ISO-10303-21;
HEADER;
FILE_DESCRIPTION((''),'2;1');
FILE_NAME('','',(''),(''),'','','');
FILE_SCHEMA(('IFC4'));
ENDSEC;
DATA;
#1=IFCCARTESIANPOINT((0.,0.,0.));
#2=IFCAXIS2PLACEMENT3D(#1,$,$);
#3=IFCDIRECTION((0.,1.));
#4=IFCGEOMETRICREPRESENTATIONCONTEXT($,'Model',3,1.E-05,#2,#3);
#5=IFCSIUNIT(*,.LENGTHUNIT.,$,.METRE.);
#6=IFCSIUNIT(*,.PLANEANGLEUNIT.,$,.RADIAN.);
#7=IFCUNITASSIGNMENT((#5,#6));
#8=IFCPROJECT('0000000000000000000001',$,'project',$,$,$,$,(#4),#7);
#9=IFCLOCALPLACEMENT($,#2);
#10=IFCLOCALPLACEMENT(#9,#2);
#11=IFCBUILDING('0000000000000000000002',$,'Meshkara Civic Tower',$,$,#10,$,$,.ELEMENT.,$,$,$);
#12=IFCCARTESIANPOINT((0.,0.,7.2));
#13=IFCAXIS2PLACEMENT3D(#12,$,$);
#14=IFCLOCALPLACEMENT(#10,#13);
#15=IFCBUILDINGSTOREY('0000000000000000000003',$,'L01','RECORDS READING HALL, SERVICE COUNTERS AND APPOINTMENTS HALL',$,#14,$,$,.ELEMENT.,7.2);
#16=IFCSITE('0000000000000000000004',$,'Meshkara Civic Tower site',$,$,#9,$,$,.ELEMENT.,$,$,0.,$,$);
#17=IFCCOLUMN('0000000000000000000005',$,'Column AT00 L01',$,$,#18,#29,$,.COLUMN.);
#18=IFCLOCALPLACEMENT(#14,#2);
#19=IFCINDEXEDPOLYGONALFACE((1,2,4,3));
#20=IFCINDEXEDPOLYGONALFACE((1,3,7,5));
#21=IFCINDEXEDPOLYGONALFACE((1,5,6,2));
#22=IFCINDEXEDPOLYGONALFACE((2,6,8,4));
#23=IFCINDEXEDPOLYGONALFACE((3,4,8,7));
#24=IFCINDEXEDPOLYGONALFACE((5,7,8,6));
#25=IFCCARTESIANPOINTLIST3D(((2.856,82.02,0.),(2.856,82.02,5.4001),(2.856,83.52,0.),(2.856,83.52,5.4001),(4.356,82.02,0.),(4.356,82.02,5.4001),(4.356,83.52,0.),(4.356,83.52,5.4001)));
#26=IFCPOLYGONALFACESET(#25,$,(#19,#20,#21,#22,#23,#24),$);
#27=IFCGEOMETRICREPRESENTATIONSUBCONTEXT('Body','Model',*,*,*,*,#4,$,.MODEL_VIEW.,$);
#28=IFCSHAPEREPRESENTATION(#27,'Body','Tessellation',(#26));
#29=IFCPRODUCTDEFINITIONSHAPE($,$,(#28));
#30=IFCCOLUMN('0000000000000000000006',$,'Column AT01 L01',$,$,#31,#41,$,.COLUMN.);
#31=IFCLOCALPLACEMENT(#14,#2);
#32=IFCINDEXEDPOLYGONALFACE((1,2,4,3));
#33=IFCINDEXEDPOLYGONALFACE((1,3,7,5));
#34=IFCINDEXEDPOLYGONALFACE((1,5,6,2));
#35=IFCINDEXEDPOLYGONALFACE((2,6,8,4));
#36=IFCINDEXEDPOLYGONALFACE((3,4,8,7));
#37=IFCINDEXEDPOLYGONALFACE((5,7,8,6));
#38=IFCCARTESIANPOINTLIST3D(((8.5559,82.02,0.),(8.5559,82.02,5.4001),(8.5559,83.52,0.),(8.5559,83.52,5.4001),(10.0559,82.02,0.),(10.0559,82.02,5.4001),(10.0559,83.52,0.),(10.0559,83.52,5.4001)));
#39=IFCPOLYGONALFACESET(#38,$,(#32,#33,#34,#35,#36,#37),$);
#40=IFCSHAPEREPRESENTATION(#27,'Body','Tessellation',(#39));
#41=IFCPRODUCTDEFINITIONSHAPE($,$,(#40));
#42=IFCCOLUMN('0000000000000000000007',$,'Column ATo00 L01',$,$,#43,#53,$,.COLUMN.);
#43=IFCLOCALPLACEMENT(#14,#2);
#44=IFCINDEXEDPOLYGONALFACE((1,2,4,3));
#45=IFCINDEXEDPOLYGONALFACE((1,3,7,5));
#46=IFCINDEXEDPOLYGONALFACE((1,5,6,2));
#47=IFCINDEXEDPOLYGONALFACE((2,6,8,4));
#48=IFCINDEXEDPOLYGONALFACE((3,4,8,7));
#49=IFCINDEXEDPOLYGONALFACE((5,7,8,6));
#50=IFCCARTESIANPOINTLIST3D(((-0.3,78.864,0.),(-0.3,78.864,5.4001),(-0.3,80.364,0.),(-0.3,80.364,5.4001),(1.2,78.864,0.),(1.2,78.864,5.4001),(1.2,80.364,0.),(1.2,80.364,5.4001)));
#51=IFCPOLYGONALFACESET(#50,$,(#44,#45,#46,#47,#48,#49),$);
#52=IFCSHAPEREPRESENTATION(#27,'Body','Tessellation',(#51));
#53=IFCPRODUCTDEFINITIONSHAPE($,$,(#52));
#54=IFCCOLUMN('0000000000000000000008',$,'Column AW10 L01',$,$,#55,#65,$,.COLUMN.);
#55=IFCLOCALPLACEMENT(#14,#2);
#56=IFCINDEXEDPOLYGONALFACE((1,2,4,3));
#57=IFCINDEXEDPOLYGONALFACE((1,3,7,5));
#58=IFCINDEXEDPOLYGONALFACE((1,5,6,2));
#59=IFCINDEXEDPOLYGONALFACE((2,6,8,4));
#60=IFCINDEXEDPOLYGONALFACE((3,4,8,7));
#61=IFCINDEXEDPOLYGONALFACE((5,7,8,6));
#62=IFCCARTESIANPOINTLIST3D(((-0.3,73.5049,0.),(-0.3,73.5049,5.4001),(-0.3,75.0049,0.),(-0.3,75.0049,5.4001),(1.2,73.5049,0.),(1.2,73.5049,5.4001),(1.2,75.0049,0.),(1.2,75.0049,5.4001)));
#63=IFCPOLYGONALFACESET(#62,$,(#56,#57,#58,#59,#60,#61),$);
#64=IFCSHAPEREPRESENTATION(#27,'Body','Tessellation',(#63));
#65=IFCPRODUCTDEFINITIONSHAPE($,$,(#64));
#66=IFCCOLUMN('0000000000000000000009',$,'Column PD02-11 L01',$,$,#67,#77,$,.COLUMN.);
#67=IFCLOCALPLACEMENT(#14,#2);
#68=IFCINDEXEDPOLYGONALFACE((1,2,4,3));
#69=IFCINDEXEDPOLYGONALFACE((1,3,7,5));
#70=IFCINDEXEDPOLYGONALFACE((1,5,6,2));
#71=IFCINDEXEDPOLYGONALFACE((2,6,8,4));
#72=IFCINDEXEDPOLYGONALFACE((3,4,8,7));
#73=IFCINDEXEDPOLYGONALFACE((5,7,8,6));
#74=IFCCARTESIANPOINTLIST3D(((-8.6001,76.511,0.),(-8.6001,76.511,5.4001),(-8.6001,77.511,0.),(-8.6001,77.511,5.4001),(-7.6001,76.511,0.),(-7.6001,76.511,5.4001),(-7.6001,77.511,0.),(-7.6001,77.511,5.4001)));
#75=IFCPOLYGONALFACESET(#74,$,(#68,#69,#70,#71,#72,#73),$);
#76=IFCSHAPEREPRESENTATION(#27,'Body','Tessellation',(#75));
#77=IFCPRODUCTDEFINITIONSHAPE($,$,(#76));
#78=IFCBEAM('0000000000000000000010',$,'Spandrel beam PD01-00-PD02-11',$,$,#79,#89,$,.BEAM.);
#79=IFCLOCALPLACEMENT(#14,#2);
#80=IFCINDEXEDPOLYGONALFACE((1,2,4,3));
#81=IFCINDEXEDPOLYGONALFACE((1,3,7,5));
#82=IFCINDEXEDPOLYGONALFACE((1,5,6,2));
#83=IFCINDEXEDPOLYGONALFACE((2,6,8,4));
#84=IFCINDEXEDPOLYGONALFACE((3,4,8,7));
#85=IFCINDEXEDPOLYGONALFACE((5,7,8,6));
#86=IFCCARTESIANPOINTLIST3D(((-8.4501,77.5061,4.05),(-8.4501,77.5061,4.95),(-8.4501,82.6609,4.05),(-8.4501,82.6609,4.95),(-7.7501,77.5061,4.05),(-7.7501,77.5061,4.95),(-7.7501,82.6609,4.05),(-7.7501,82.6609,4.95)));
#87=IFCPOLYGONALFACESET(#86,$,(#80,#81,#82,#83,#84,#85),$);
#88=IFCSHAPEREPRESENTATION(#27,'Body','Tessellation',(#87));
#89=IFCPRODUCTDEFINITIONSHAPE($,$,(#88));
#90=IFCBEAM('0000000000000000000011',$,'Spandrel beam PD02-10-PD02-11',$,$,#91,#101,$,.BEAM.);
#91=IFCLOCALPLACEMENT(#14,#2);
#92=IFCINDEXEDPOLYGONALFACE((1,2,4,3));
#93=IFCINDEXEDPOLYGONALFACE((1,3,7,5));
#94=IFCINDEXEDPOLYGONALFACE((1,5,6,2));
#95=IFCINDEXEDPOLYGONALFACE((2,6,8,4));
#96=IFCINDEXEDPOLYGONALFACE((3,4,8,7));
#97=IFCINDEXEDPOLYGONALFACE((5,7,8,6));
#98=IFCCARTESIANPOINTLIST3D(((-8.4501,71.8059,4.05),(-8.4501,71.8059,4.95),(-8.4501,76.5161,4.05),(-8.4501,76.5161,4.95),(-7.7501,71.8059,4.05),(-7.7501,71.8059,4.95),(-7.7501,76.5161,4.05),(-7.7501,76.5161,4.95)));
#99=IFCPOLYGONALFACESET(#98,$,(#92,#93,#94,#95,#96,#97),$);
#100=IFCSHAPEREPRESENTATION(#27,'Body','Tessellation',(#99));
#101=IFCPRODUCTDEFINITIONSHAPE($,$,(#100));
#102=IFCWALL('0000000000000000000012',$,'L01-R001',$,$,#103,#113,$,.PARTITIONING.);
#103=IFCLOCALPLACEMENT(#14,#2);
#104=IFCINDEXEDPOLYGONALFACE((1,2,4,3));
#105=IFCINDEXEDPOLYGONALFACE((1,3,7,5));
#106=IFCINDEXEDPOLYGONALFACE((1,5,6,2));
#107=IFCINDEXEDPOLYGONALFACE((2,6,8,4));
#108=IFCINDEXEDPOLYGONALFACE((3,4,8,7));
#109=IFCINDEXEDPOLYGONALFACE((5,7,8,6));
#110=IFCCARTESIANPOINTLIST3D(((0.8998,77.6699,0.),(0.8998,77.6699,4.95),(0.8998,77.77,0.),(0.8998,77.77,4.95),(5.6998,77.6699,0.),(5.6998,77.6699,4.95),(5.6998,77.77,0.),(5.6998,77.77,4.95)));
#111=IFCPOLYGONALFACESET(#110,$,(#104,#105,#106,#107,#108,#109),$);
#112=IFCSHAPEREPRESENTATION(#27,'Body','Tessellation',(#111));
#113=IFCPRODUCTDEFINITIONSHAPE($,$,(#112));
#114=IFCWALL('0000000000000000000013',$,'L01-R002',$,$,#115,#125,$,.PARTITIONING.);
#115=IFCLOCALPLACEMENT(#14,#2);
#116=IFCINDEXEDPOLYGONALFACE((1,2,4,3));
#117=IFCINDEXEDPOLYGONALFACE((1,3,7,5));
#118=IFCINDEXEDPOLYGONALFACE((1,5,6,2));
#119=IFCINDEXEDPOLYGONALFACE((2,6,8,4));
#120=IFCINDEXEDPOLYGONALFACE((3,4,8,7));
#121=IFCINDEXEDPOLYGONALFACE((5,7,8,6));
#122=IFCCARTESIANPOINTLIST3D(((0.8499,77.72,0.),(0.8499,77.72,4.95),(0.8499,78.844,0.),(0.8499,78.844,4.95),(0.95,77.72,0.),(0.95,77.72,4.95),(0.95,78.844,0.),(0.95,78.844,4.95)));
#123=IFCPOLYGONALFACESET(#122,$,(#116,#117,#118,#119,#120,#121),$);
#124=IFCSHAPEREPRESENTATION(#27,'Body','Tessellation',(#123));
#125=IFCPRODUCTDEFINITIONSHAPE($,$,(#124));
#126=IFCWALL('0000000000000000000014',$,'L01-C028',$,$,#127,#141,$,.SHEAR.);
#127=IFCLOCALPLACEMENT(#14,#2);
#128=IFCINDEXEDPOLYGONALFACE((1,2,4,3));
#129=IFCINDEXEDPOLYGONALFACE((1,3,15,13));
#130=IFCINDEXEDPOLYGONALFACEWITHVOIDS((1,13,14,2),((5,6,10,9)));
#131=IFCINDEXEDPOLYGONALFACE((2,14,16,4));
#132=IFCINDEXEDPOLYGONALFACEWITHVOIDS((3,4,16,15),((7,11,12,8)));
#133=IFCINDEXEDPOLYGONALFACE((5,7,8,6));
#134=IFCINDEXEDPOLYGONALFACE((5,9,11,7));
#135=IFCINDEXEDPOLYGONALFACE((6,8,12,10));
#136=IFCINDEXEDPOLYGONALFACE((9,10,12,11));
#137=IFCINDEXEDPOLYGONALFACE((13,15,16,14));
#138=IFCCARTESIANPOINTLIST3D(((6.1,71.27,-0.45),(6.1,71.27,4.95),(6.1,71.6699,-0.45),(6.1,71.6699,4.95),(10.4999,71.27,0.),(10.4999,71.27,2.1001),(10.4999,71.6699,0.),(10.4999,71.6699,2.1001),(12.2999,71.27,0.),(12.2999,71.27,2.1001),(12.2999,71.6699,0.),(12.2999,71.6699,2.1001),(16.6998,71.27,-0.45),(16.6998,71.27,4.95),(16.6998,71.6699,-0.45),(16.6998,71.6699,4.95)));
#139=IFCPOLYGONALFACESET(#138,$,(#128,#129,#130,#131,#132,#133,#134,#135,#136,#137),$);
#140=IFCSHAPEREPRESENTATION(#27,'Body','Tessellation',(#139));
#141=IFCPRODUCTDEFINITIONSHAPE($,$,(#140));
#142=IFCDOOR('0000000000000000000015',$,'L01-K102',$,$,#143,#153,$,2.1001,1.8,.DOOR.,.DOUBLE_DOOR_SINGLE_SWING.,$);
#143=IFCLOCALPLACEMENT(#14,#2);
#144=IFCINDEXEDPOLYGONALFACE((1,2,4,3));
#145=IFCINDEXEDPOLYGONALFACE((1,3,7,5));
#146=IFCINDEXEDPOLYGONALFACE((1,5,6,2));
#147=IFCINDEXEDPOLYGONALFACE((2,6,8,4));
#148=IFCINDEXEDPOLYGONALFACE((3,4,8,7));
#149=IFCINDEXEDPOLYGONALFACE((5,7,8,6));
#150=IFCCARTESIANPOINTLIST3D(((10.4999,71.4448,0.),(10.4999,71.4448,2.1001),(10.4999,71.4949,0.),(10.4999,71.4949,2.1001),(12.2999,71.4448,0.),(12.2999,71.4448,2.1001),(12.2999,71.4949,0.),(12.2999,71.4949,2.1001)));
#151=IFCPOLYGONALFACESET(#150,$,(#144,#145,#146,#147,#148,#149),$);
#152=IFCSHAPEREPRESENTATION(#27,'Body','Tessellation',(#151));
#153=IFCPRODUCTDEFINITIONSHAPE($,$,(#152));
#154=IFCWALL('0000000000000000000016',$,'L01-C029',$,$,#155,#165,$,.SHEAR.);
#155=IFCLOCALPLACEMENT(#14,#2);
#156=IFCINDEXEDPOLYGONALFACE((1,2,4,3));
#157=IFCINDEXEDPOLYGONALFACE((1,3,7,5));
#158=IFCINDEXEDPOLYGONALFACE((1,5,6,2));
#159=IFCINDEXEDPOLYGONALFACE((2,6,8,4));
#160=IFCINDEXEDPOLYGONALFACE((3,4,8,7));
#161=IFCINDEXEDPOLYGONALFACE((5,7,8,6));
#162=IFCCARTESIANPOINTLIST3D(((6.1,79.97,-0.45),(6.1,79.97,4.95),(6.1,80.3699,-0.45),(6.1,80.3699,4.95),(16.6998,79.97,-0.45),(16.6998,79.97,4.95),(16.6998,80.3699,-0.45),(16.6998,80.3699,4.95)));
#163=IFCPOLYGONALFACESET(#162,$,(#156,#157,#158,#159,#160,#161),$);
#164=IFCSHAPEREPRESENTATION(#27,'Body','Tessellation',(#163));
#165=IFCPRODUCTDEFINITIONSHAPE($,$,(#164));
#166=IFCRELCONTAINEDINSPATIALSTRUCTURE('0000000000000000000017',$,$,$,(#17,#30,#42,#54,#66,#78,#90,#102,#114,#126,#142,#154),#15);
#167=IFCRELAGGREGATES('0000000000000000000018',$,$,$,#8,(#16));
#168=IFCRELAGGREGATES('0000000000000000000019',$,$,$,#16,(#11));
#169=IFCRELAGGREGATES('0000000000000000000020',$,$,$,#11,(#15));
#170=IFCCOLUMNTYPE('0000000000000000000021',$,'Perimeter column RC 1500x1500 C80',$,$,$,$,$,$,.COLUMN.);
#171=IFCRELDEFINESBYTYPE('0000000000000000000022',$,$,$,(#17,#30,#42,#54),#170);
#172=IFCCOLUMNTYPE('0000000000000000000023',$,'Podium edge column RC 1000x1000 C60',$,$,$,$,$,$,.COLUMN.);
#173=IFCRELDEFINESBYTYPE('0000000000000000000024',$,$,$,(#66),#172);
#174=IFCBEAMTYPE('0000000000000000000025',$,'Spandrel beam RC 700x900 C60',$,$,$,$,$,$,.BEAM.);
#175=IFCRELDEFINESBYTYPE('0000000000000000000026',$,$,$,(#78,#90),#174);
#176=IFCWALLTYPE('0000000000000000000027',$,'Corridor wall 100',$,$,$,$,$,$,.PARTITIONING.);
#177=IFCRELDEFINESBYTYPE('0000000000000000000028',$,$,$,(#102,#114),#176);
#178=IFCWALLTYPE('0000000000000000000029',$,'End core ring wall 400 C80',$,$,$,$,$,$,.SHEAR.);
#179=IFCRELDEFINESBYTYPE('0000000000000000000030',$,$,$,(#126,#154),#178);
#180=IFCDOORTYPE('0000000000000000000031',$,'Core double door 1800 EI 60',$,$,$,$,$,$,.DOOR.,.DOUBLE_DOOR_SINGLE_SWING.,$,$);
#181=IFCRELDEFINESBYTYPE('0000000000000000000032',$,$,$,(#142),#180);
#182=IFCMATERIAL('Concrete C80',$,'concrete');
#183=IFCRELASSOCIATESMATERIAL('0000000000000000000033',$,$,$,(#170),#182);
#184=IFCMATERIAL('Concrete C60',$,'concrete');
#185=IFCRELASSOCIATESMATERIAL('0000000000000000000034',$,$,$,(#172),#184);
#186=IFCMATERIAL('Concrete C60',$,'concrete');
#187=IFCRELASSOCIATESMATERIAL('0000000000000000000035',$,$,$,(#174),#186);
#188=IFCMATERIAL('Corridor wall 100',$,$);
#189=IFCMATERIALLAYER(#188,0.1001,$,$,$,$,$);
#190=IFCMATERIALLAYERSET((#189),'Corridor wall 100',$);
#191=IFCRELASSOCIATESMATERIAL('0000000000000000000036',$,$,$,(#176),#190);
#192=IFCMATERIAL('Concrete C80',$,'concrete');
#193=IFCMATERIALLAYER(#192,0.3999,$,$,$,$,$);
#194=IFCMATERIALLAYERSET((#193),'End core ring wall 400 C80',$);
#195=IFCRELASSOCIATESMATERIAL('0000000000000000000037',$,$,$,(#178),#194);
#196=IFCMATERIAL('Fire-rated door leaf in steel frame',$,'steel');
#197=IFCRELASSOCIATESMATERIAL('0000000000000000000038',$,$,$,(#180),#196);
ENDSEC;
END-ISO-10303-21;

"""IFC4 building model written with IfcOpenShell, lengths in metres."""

from ifc_helpers import new_model, si_unit, direction, frame, frame_2d, origin, origin_2d, place, context, subcontext, project, spatial, rectangle, extrude, material, layer, layer_set, material_profile, profile_set, type_object, element, fill, save


model = new_model("IFC4")

# Units and contexts
model_context = context("Model", 3, precision=1e-05, world=origin(), true_north=direction((0.0, 1.0)))
body_context = subcontext(model_context, "Body", "Model", "MODEL_VIEW")
ifc_project = project(units=[si_unit("LENGTHUNIT", "METRE"), si_unit("PLANEANGLEUNIT", "RADIAN")], contexts=[model_context])

# Site, building, storey
site_placement = place(None, origin())
site = spatial("IfcSite", under=ifc_project, at=site_placement, Name="Meshkara Civic Tower site", CompositionType="ELEMENT", RefElevation=0.0)
building_placement = place(site_placement, origin())
building = spatial("IfcBuilding", under=site, at=building_placement, Name="Meshkara Civic Tower", CompositionType="ELEMENT")
storey_placement = place(building_placement, frame((0.0, 0.0, 7.2)))
storey = spatial("IfcBuildingStorey", under=building, at=storey_placement, Name="L01", Description="RECORDS READING HALL, SERVICE COUNTERS AND APPOINTMENTS HALL", CompositionType="ELEMENT", Elevation=7.2)

# Columns
ifc_material_1 = material(Name="Concrete C80", Category="concrete")
ifc_material_profile_1 = material_profile(ifc_material_1, rectangle(XDim=1.5, YDim=1.5, at=origin_2d()))
ifc_profile_set_1 = profile_set([ifc_material_profile_1], Name="Concrete C80")
column_type_1 = type_object("IfcColumnType", Name="Perimeter column RC 1500x1500 C80", PredefinedType="COLUMN", material=ifc_profile_set_1)
for number, where, z_axis, x_axis, name in (
    (1, (3.606, 82.77, 0.0), (0.0, 0.0, 1.0), (1.0, 0.0, 0.0), "Column AT00 L01"),
    (2, (9.3059, 82.77, 0.0), (0.0, 0.0, 1.0), (1.0, 0.0, 0.0), "Column AT01 L01"),
    (3, (0.45, 79.614, 0.0), (0.0, 0.0, 1.0), (1.0, 0.0, 0.0), "Column ATo00 L01"),
    (4, (0.45, 74.2549, 0.0), (0.0, 0.0, 1.0), (1.0, 0.0, 0.0), "Column AW10 L01"),
):
    element("IfcColumn", number, at=place(storey_placement, frame(where, z_axis=z_axis, x_axis=x_axis)), inside=storey, type_object=column_type_1, Name=name, PredefinedType="COLUMN", context=body_context, shape_type="SweptSolid", body=[
        extrude(rectangle(XDim=1.5, YDim=1.5, at=origin_2d()), origin(), (0.0, 0.0, 1.0), 5.4001),
    ])
ifc_material_2 = material(Name="Concrete C60", Category="concrete")
ifc_material_profile_2 = material_profile(ifc_material_2, rectangle(XDim=1.0, YDim=1.0, at=origin_2d()))
ifc_profile_set_2 = profile_set([ifc_material_profile_2], Name="Concrete C60")
column_type_2 = type_object("IfcColumnType", Name="Podium edge column RC 1000x1000 C60", PredefinedType="COLUMN", material=ifc_profile_set_2)
column_placement = place(storey_placement, frame((-8.1001, 77.011, 0.0), z_axis=(0.0, 0.0, 1.0), x_axis=(1.0, 0.0, 0.0)))
element("IfcColumn", 5, at=column_placement, inside=storey, type_object=column_type_2, Name="Column PD02-11 L01", PredefinedType="COLUMN", context=body_context, shape_type="SweptSolid", body=[
    extrude(rectangle(XDim=1.0, YDim=1.0, at=origin_2d()), origin(), (0.0, 0.0, 1.0), 5.4001),
])

# Beams
ifc_material_3 = material(Name="Concrete C60", Category="concrete")
ifc_material_profile_3 = material_profile(ifc_material_3, rectangle(XDim=0.7, YDim=0.8999, at=origin_2d()))
ifc_profile_set_3 = profile_set([ifc_material_profile_3], Name="Concrete C60")
beam_type = type_object("IfcBeamType", Name="Spandrel beam RC 700x900 C60", PredefinedType="BEAM", material=ifc_profile_set_3)
beam_1_placement = place(storey_placement, frame((-8.1001, 82.6609, 4.5), z_axis=(0.0, -1.0, 0.0), x_axis=(1.0, 0.0, 0.0)))
element("IfcBeam", 6, at=beam_1_placement, inside=storey, type_object=beam_type, Name="Spandrel beam PD01-00-PD02-11", PredefinedType="BEAM", context=body_context, shape_type="SweptSolid", body=[
    extrude(rectangle(XDim=0.7, YDim=0.8999, at=origin_2d()), origin(), (0.0, 0.0, 1.0), 5.1548),
])
beam_2_placement = place(storey_placement, frame((-8.1001, 76.5161, 4.5), z_axis=(0.0, -1.0, 0.0), x_axis=(1.0, 0.0, 0.0)))
element("IfcBeam", 7, at=beam_2_placement, inside=storey, type_object=beam_type, Name="Spandrel beam PD02-10-PD02-11", PredefinedType="BEAM", context=body_context, shape_type="SweptSolid", body=[
    extrude(rectangle(XDim=0.7, YDim=0.8999, at=origin_2d()), origin(), (0.0, 0.0, 1.0), 4.7102),
])

# Walls
ifc_material_4 = material(Name="Corridor wall 100")
ifc_layer_1 = layer(ifc_material_4, 0.1001)
ifc_layer_set_1 = layer_set([ifc_layer_1], Name="Corridor wall 100")
wall_type_1 = type_object("IfcWallType", Name="Corridor wall 100", PredefinedType="PARTITIONING", material=ifc_layer_set_1)
wall_1_placement = place(storey_placement, frame((0.8999, 77.72, 0.0), z_axis=(0.0, 0.0, 1.0), x_axis=(1.0, 0.0, 0.0)))
element("IfcWall", 8, at=wall_1_placement, inside=storey, type_object=wall_type_1, Name="L01-R001", PredefinedType="PARTITIONING", context=body_context, shape_type="SweptSolid", body=[
    extrude(rectangle(XDim=4.8, YDim=0.1001, at=frame_2d((2.3999, 0.0))), origin(), (0.0, 0.0, 1.0), 4.95),
])
wall_2_placement = place(storey_placement, frame((0.8999, 78.844, 0.0), z_axis=(0.0, 0.0, 1.0), x_axis=(0.0, -1.0, 0.0)))
element("IfcWall", 9, at=wall_2_placement, inside=storey, type_object=wall_type_1, Name="L01-R002", PredefinedType="PARTITIONING", context=body_context, shape_type="SweptSolid", body=[
    extrude(rectangle(XDim=1.124, YDim=0.1001, at=frame_2d((0.562, 0.0))), origin(), (0.0, 0.0, 1.0), 4.95),
])

# Wall, opening, door
ifc_material_5 = material(Name="Concrete C80", Category="concrete")
ifc_layer_2 = layer(ifc_material_5, 0.3999)
ifc_layer_set_2 = layer_set([ifc_layer_2], Name="End core ring wall 400 C80")
wall_type_2 = type_object("IfcWallType", Name="End core ring wall 400 C80", PredefinedType="SHEAR", material=ifc_layer_set_2)
wall_3_placement = place(storey_placement, frame((6.1001, 71.47, -0.45), z_axis=(0.0, 0.0, 1.0), x_axis=(1.0, 0.0, 0.0)))
wall_3 = element("IfcWall", 10, at=wall_3_placement, inside=storey, type_object=wall_type_2, Name="L01-C028", PredefinedType="SHEAR", context=body_context, shape_type="SweptSolid", body=[
    extrude(rectangle(XDim=10.5999, YDim=0.3999, at=frame_2d((5.2998, 0.0))), origin(), (0.0, 0.0, 1.0), 5.3999),
])
opening_1_placement = place(wall_3_placement, frame((4.3999, 0.0, 0.45)))
opening_1 = element("IfcOpeningElement", 11, at=opening_1_placement, cuts=wall_3, PredefinedType="OPENING", context=body_context, shape_type="SweptSolid", body=[
    extrude(rectangle(XDim=1.8, YDim=2.1001, at=frame_2d((0.8999, 1.05))), frame((0.0, 0.21, 0.0), z_axis=(0.0, -1.0, 0.0), x_axis=(1.0, 0.0, 0.0)), (0.0, 0.0, 1.0), 0.4199),
])
ifc_material_6 = material(Name="Fire-rated door leaf in steel frame", Category="steel")
door_type_1 = type_object("IfcDoorType", Name="Core double door 1800 EI 60", OperationType="DOUBLE_DOOR_SINGLE_SWING", PredefinedType="DOOR", material=ifc_material_6)
door_1_placement = place(opening_1_placement, origin())
door_1 = element("IfcDoor", 12, at=door_1_placement, inside=storey, type_object=door_type_1, Name="L01-K102", OperationType="DOUBLE_DOOR_SINGLE_SWING", OverallHeight=2.1001, OverallWidth=1.8, PredefinedType="DOOR", context=body_context, shape_type="SweptSolid", body=[
    extrude(rectangle(XDim=1.8, YDim=2.1001, at=frame_2d((0.8999, 1.05))), frame((0.0, 0.0249, 0.0), z_axis=(0.0, -1.0, 0.0), x_axis=(1.0, 0.0, 0.0)), (0.0, 0.0, 1.0), 0.05),
])
fill(opening_1, door_1)

# Wall
wall_4_placement = place(storey_placement, frame((6.1001, 80.1699, -0.45), z_axis=(0.0, 0.0, 1.0), x_axis=(1.0, 0.0, 0.0)))
element("IfcWall", 13, at=wall_4_placement, inside=storey, type_object=wall_type_2, Name="L01-C029", PredefinedType="SHEAR", context=body_context, shape_type="SweptSolid", body=[
    extrude(rectangle(XDim=10.5999, YDim=0.3999, at=frame_2d((5.2998, 0.0))), origin(), (0.0, 0.0, 1.0), 5.3999),
])

save(model, "model.ifc")
